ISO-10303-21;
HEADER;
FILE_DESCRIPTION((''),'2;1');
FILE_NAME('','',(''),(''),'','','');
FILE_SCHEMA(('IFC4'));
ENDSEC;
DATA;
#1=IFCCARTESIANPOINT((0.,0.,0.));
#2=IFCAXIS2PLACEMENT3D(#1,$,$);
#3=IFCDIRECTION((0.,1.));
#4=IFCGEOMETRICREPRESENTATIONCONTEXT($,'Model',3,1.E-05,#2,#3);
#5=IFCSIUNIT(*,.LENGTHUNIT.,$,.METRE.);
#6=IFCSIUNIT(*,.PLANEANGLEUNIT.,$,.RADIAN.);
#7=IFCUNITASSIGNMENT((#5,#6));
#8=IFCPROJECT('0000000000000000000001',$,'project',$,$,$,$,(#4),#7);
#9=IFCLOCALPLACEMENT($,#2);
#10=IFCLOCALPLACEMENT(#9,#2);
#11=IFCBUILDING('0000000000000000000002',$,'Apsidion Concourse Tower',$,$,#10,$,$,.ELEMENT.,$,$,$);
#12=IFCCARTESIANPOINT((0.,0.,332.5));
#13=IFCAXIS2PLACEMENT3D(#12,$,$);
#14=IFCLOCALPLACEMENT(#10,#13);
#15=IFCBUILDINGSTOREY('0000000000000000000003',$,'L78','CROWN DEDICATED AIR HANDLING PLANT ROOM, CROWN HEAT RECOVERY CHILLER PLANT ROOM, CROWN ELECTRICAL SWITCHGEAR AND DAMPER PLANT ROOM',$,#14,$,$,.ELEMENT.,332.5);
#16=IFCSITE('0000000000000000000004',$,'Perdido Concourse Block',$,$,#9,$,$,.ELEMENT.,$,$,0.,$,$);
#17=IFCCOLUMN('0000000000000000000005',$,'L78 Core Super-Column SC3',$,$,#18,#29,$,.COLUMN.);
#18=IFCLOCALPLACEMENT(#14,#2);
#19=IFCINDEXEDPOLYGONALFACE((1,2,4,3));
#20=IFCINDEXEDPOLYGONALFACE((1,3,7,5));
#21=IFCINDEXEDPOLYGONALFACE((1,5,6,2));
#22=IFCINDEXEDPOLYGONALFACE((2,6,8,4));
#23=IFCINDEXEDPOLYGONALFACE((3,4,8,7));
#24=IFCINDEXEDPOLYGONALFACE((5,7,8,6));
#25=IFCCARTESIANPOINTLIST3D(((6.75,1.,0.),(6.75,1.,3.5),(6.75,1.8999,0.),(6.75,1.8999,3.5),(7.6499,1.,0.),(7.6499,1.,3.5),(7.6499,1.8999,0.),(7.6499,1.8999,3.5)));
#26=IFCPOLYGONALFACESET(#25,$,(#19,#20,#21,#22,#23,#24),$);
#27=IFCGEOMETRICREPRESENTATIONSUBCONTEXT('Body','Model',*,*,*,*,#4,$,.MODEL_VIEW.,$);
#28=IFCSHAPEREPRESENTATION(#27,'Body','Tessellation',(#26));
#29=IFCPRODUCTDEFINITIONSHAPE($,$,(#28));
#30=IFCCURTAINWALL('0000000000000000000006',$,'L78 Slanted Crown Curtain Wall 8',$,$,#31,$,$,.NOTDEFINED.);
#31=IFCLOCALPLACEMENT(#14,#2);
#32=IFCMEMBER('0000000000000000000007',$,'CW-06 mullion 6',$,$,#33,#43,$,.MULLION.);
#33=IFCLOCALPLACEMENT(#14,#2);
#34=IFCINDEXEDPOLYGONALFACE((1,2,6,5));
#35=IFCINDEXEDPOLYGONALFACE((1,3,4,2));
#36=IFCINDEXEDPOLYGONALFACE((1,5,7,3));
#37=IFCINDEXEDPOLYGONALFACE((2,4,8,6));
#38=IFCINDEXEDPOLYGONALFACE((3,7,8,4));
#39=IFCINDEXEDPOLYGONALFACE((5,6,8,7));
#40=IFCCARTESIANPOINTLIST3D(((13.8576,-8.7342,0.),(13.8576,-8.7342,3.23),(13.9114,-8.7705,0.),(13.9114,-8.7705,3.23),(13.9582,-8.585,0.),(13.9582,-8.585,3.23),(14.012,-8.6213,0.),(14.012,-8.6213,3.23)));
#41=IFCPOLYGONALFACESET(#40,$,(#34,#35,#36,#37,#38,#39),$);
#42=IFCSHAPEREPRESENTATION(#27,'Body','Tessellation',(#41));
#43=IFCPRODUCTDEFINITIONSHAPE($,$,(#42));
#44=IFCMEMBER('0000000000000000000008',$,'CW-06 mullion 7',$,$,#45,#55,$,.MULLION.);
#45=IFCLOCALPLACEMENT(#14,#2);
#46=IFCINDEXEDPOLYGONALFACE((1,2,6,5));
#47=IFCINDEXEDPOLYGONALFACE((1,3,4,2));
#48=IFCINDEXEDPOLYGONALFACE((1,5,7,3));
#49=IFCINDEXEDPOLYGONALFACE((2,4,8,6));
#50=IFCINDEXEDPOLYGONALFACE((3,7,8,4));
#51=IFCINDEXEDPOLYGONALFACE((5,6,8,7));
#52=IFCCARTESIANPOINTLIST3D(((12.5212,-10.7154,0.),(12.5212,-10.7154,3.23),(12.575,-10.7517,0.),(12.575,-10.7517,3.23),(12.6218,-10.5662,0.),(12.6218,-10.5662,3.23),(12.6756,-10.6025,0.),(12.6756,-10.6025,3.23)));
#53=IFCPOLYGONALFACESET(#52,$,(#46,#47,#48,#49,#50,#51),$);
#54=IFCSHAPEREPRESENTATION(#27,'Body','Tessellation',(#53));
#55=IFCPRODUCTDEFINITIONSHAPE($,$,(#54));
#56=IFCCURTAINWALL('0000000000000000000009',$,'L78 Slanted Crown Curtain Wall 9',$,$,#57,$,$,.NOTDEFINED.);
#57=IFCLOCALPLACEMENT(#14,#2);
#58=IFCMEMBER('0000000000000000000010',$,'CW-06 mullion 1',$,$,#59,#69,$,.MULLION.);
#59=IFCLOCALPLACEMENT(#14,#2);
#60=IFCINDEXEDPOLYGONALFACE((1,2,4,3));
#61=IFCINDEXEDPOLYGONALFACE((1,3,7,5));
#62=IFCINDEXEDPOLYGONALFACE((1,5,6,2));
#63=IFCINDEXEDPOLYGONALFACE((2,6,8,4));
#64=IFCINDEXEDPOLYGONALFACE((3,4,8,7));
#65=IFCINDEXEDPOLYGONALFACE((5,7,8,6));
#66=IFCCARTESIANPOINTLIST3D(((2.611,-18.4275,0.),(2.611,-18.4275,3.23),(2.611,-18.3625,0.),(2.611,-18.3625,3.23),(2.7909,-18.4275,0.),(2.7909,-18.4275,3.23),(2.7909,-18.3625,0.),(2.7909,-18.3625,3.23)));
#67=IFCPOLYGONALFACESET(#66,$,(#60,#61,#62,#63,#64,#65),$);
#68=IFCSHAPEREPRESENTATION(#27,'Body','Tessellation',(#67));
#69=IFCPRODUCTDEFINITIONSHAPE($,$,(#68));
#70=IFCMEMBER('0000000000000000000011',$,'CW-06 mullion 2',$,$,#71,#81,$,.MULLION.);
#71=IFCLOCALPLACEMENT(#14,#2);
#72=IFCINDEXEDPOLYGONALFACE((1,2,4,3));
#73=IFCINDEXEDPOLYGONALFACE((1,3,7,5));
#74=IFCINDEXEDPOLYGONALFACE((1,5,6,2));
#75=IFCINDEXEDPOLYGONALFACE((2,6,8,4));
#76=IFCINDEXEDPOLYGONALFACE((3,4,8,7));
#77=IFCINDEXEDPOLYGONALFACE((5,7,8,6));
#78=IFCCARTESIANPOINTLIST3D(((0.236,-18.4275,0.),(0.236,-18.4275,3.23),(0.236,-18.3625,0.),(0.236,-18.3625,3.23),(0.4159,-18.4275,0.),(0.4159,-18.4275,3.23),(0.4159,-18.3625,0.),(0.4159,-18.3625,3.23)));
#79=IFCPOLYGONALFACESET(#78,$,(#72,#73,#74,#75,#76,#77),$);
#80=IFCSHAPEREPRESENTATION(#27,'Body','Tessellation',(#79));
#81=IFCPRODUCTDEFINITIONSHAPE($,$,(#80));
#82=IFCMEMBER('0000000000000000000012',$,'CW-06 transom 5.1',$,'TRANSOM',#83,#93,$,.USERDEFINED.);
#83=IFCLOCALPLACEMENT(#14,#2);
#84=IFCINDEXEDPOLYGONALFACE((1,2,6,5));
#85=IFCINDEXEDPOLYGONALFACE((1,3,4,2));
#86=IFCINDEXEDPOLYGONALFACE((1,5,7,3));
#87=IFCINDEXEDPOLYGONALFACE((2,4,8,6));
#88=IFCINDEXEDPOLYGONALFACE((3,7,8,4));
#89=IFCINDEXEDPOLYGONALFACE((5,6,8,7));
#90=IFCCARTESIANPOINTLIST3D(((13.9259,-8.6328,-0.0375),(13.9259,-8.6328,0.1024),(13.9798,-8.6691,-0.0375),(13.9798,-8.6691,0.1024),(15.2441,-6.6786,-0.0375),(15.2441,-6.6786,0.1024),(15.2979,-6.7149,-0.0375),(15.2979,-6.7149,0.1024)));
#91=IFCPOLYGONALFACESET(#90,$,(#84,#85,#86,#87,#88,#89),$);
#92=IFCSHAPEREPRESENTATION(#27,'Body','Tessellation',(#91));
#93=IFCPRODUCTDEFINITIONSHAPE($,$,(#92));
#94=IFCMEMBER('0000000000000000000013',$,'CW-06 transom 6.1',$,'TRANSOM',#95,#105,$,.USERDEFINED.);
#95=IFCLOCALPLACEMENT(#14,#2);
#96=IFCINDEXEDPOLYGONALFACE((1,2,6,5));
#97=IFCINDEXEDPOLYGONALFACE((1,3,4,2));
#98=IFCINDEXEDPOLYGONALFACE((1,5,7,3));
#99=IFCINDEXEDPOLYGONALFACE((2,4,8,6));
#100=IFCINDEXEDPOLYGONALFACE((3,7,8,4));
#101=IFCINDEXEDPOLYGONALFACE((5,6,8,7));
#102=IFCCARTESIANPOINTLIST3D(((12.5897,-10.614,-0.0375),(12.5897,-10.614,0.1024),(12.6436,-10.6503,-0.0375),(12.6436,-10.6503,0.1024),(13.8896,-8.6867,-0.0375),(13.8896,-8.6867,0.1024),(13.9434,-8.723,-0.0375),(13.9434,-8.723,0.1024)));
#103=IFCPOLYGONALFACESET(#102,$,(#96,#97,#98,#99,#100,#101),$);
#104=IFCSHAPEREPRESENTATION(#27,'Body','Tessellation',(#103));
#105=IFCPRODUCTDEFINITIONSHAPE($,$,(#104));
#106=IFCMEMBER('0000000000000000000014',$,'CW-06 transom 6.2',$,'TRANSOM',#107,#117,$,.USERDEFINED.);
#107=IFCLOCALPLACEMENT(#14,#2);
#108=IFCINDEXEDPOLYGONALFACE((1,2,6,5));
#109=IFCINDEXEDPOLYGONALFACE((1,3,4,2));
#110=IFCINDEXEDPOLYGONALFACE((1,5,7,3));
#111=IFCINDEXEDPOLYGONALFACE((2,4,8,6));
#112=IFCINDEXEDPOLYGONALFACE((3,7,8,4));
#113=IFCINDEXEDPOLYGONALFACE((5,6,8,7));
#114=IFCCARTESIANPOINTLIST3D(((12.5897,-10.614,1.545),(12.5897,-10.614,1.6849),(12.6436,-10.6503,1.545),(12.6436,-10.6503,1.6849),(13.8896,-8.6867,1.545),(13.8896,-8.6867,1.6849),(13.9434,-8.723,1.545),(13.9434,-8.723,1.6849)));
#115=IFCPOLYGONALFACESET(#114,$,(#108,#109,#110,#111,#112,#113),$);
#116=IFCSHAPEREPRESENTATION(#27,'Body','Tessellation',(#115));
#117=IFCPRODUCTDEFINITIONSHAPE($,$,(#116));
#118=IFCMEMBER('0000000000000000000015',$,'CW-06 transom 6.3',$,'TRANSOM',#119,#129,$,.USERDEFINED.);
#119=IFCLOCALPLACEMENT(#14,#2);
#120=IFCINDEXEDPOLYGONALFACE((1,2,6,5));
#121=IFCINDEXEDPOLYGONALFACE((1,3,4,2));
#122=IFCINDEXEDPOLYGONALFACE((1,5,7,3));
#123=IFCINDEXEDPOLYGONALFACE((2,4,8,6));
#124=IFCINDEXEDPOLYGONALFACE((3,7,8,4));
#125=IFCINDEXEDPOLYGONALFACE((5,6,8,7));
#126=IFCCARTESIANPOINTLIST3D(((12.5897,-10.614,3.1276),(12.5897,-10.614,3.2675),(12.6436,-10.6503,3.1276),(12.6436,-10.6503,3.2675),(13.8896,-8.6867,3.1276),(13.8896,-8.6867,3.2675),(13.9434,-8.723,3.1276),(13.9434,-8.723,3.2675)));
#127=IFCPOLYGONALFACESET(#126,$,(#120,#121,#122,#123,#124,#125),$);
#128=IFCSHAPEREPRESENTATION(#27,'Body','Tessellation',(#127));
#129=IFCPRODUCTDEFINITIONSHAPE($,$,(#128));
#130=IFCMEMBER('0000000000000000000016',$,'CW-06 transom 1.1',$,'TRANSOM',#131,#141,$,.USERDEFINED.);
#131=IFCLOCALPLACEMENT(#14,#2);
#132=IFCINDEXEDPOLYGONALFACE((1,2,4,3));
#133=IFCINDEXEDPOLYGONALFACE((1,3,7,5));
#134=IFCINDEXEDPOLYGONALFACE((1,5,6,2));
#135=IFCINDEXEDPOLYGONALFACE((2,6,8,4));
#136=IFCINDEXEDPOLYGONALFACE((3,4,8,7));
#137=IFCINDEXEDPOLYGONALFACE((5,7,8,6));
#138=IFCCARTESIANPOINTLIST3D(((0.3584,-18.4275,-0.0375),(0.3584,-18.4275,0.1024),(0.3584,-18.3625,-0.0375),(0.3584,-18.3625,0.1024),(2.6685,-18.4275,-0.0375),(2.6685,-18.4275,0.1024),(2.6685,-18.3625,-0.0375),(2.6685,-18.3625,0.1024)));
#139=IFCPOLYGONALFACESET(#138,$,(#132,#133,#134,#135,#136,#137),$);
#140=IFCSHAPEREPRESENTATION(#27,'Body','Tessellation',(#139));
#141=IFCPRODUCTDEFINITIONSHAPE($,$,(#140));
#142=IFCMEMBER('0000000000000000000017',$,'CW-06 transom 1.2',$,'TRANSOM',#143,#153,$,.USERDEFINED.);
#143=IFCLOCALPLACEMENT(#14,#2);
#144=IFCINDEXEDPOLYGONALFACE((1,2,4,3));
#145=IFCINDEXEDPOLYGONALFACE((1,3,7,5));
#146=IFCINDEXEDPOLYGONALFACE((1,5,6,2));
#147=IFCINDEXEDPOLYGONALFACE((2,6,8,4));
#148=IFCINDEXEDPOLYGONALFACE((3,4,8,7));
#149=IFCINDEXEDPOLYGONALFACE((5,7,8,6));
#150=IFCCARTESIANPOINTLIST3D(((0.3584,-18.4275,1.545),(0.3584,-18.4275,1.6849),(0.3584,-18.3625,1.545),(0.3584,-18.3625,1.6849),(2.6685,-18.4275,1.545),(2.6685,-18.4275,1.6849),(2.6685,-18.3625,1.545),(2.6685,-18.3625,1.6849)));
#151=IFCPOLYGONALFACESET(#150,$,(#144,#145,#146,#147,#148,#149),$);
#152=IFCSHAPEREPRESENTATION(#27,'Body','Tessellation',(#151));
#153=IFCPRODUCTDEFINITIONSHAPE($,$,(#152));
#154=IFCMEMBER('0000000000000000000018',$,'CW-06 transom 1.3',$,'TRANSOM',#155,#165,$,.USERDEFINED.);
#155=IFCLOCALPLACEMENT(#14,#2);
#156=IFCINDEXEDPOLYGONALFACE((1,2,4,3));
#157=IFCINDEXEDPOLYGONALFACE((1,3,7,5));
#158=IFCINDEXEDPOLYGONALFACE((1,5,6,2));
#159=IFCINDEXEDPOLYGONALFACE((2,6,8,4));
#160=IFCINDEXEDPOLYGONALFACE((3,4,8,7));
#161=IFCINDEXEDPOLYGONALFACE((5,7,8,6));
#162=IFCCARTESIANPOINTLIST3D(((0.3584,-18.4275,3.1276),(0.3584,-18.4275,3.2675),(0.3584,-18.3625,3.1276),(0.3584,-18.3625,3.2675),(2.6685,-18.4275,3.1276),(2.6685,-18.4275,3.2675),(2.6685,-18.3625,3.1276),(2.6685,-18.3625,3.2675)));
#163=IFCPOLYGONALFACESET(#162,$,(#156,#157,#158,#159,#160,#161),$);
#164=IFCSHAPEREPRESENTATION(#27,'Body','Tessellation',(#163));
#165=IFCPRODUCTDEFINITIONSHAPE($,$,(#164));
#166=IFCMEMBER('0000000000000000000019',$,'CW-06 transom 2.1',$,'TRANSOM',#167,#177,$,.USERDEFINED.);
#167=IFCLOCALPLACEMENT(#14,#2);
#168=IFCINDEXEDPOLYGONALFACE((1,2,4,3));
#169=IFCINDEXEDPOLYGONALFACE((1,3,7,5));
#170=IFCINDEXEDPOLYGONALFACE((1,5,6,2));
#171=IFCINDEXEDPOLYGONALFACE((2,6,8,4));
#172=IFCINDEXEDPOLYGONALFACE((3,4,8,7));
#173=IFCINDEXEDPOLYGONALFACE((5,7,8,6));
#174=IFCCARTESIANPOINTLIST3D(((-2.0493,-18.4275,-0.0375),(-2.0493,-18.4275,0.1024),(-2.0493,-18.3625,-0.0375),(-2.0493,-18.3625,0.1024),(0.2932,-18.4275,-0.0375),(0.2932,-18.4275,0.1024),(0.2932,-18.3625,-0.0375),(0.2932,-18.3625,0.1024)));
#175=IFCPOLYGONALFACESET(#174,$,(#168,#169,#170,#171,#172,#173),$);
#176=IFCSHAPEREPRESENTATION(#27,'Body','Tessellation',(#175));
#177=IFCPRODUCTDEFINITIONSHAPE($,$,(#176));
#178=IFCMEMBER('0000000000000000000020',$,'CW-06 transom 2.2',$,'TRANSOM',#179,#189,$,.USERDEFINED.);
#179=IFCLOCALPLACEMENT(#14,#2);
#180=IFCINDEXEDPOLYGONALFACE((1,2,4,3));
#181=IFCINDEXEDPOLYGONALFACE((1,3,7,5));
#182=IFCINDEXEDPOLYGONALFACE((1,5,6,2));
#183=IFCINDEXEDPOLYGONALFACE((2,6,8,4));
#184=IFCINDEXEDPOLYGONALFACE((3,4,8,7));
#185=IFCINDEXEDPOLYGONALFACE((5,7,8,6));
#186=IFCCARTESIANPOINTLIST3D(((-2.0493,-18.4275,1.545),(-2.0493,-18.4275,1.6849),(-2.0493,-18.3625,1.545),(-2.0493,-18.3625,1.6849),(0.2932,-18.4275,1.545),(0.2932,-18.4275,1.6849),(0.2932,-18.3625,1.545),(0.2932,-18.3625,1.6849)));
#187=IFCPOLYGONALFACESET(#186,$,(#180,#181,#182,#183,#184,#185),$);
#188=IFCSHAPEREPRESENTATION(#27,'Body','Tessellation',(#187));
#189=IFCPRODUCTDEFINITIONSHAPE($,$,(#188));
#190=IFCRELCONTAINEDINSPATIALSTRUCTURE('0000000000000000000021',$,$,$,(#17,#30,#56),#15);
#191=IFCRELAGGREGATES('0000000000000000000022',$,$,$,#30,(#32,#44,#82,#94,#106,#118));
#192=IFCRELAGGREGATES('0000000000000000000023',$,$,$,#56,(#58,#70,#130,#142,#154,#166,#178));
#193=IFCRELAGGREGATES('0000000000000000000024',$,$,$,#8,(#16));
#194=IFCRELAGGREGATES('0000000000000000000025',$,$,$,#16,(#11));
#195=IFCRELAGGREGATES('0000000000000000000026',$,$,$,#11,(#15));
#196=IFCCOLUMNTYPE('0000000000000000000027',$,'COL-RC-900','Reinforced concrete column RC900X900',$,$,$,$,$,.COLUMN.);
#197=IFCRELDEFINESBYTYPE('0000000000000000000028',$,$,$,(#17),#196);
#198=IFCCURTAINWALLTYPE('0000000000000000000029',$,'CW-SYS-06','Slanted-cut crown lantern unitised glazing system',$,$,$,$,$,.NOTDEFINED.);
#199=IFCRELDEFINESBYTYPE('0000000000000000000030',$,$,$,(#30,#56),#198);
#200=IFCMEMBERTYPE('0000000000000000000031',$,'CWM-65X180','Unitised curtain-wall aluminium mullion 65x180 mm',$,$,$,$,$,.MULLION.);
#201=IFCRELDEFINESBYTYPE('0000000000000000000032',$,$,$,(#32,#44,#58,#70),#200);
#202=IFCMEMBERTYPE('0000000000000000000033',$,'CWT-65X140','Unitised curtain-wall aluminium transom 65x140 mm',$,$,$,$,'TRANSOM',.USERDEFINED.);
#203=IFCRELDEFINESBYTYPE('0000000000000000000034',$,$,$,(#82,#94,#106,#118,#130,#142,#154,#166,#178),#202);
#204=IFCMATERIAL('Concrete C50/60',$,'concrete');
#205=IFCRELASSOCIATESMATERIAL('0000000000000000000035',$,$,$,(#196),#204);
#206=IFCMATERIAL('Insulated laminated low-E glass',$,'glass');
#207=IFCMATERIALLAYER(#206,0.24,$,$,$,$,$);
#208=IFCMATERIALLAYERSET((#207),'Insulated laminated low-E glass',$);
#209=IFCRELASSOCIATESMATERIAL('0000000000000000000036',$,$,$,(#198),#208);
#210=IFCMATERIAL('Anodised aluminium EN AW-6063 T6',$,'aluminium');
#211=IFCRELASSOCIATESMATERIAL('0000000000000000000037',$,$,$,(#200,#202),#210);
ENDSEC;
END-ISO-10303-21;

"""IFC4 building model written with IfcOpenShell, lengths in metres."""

from ifc_helpers import new_model, si_unit, direction, frame, origin, origin_2d, place, context, subcontext, project, spatial, rectangle, extrude, material, layer, layer_set, material_profile, profile_set, type_object, element, aggregate, save


model = new_model("IFC4")

# Units and contexts
model_context = context("Model", 3, precision=1e-05, world=origin(), true_north=direction((0.0, 1.0)))
body_context = subcontext(model_context, "Body", "Model", "MODEL_VIEW")
ifc_project = project(units=[si_unit("LENGTHUNIT", "METRE"), si_unit("PLANEANGLEUNIT", "RADIAN")], contexts=[model_context])

# Site, building, storey
site_placement = place(None, origin())
site = spatial("IfcSite", under=ifc_project, at=site_placement, Name="Perdido Concourse Block", CompositionType="ELEMENT", RefElevation=0.0)
building_placement = place(site_placement, origin())
building = spatial("IfcBuilding", under=site, at=building_placement, Name="Apsidion Concourse Tower", CompositionType="ELEMENT")
storey_placement = place(building_placement, frame((0.0, 0.0, 332.5)))
storey = spatial("IfcBuildingStorey", under=building, at=storey_placement, Name="L78", Description="CROWN DEDICATED AIR HANDLING PLANT ROOM, CROWN HEAT RECOVERY CHILLER PLANT ROOM, CROWN ELECTRICAL SWITCHGEAR AND DAMPER PLANT ROOM", CompositionType="ELEMENT", Elevation=332.5)

# Column
ifc_material_1 = material(Name="Concrete C50/60", Category="concrete")
ifc_material_profile_1 = material_profile(ifc_material_1, rectangle(XDim=0.8999, YDim=0.8999, at=origin_2d()), Name="RC 900x900")
ifc_profile_set_1 = profile_set([ifc_material_profile_1], Name="Concrete C50/60")
column_type = type_object("IfcColumnType", Name="COL-RC-900", Description="Reinforced concrete column RC900X900", PredefinedType="COLUMN", material=ifc_profile_set_1)
column_placement = place(storey_placement, frame((7.2, 1.45, 0.0), z_axis=(0.0, 0.0, 1.0), x_axis=(1.0, 0.0, 0.0)))
element("IfcColumn", 1, at=column_placement, inside=storey, type_object=column_type, Name="L78 Core Super-Column SC3", PredefinedType="COLUMN", context=body_context, shape_type="SweptSolid", body=[
    extrude(rectangle(XDim=0.8999, YDim=0.8999, at=origin_2d()), origin(), (0.0, 0.0, 1.0), 3.5),
])

# Curtain walls, members
ifc_material_2 = material(Name="Insulated laminated low-E glass", Category="glass")
ifc_layer_1 = layer(ifc_material_2, 0.24)
ifc_layer_set_1 = layer_set([ifc_layer_1], Name="Insulated laminated low-E glass")
curtain_wall_type = type_object("IfcCurtainWallType", Name="CW-SYS-06", Description="Slanted-cut crown lantern unitised glazing system", PredefinedType="NOTDEFINED", material=ifc_layer_set_1)
curtain_wall_1_placement = place(storey_placement, origin())
curtain_wall_1 = element("IfcCurtainWall", 2, at=curtain_wall_1_placement, inside=storey, type_object=curtain_wall_type, Name="L78 Slanted Crown Curtain Wall 8", PredefinedType="NOTDEFINED")
ifc_material_3 = material(Name="Anodised aluminium EN AW-6063 T6", Category="aluminium")
ifc_material_profile_2 = material_profile(ifc_material_3, rectangle(XDim=0.0649, YDim=0.1799, at=origin_2d()), Name="ALU MULLION 65x180")
ifc_profile_set_2 = profile_set([ifc_material_profile_2], Name="Anodised aluminium EN AW-6063 T6")
member_type_1 = type_object("IfcMemberType", Name="CWM-65X180", Description="Unitised curtain-wall aluminium mullion 65x180 mm", PredefinedType="MULLION", material=ifc_profile_set_2)
member_1_placement = place(storey_placement, frame((13.9348, -8.6777, 0.0), z_axis=(0.0, 0.0, 1.0), x_axis=(0.829038, -0.559192, 0.0)))
member_1 = element("IfcMember", 3, at=member_1_placement, type_object=member_type_1, Name="CW-06 mullion 6", PredefinedType="MULLION", context=body_context, shape_type="SweptSolid", body=[
    extrude(rectangle(XDim=0.0649, YDim=0.1799, at=origin_2d()), origin(), (0.0, 0.0, 1.0), 3.23),
])
member_2_placement = place(storey_placement, frame((12.5984, -10.6589, 0.0), z_axis=(0.0, 0.0, 1.0), x_axis=(0.829038, -0.559192, 0.0)))
member_2 = element("IfcMember", 4, at=member_2_placement, type_object=member_type_1, Name="CW-06 mullion 7", PredefinedType="MULLION", context=body_context, shape_type="SweptSolid", body=[
    extrude(rectangle(XDim=0.0649, YDim=0.1799, at=origin_2d()), origin(), (0.0, 0.0, 1.0), 3.23),
])
curtain_wall_2_placement = place(storey_placement, origin())
curtain_wall_2 = element("IfcCurtainWall", 5, at=curtain_wall_2_placement, inside=storey, type_object=curtain_wall_type, Name="L78 Slanted Crown Curtain Wall 9", PredefinedType="NOTDEFINED")
member_3_placement = place(storey_placement, frame((2.7009, -18.395, 0.0), z_axis=(0.0, 0.0, 1.0), x_axis=(0.0, -1.0, 0.0)))
member_3 = element("IfcMember", 6, at=member_3_placement, type_object=member_type_1, Name="CW-06 mullion 1", PredefinedType="MULLION", context=body_context, shape_type="SweptSolid", body=[
    extrude(rectangle(XDim=0.0649, YDim=0.1799, at=origin_2d()), origin(), (0.0, 0.0, 1.0), 3.23),
])
member_4_placement = place(storey_placement, frame((0.3259, -18.395, 0.0), z_axis=(0.0, 0.0, 1.0), x_axis=(0.0, -1.0, 0.0)))
member_4 = element("IfcMember", 7, at=member_4_placement, type_object=member_type_1, Name="CW-06 mullion 2", PredefinedType="MULLION", context=body_context, shape_type="SweptSolid", body=[
    extrude(rectangle(XDim=0.0649, YDim=0.1799, at=origin_2d()), origin(), (0.0, 0.0, 1.0), 3.23),
])

# Members
ifc_material_profile_3 = material_profile(ifc_material_3, rectangle(XDim=0.0649, YDim=0.1399, at=origin_2d()), Name="ALU TRANSOM 65x140")
ifc_profile_set_3 = profile_set([ifc_material_profile_3], Name="Anodised aluminium EN AW-6063 T6")
member_type_2 = type_object("IfcMemberType", Name="CWT-65X140", Description="Unitised curtain-wall aluminium transom 65x140 mm", ElementType="TRANSOM", PredefinedType="USERDEFINED", material=ifc_profile_set_3)
member_5_placement = place(storey_placement, frame((15.271, -6.6968, 0.0325), z_axis=(-0.55921, -0.829026, 0.0), x_axis=(0.829026, -0.55921, 0.0)))
member_5 = element("IfcMember", 8, at=member_5_placement, type_object=member_type_2, Name="CW-06 transom 5.1", ObjectType="TRANSOM", PredefinedType="USERDEFINED", context=body_context, shape_type="SweptSolid", body=[
    extrude(rectangle(XDim=0.0649, YDim=0.1399, at=origin_2d()), origin(), (0.0, 0.0, 1.0), 2.3572),
])
member_6_placement = place(storey_placement, frame((13.9165, -8.7048, 0.0325), z_axis=(-0.559152, -0.829065, 0.0), x_axis=(0.829065, -0.559152, 0.0)))
member_6 = element("IfcMember", 9, at=member_6_placement, type_object=member_type_2, Name="CW-06 transom 6.1", ObjectType="TRANSOM", PredefinedType="USERDEFINED", context=body_context, shape_type="SweptSolid", body=[
    extrude(rectangle(XDim=0.0649, YDim=0.1399, at=origin_2d()), origin(), (0.0, 0.0, 1.0), 2.3247),
])
member_7_placement = place(storey_placement, frame((13.9165, -8.7048, 1.615), z_axis=(-0.559152, -0.829065, 0.0), x_axis=(0.829065, -0.559152, 0.0)))
member_7 = element("IfcMember", 10, at=member_7_placement, type_object=member_type_2, Name="CW-06 transom 6.2", ObjectType="TRANSOM", PredefinedType="USERDEFINED", context=body_context, shape_type="SweptSolid", body=[
    extrude(rectangle(XDim=0.0649, YDim=0.1399, at=origin_2d()), origin(), (0.0, 0.0, 1.0), 2.3247),
])
member_8_placement = place(storey_placement, frame((13.9165, -8.7048, 3.1975), z_axis=(-0.559152, -0.829065, 0.0), x_axis=(0.829065, -0.559152, 0.0)))
member_8 = element("IfcMember", 11, at=member_8_placement, type_object=member_type_2, Name="CW-06 transom 6.3", ObjectType="TRANSOM", PredefinedType="USERDEFINED", context=body_context, shape_type="SweptSolid", body=[
    extrude(rectangle(XDim=0.0649, YDim=0.1399, at=origin_2d()), origin(), (0.0, 0.0, 1.0), 2.3247),
])
member_9_placement = place(storey_placement, frame((2.6685, -18.395, 0.0325), z_axis=(-1.0, 0.0, 0.0), x_axis=(0.0, -1.0, 0.0)))
member_9 = element("IfcMember", 12, at=member_9_placement, type_object=member_type_2, Name="CW-06 transom 1.1", ObjectType="TRANSOM", PredefinedType="USERDEFINED", context=body_context, shape_type="SweptSolid", body=[
    extrude(rectangle(XDim=0.0649, YDim=0.1399, at=origin_2d()), origin(), (0.0, 0.0, 1.0), 2.3101),
])
member_10_placement = place(storey_placement, frame((2.6685, -18.395, 1.615), z_axis=(-1.0, 0.0, 0.0), x_axis=(0.0, -1.0, 0.0)))
member_10 = element("IfcMember", 13, at=member_10_placement, type_object=member_type_2, Name="CW-06 transom 1.2", ObjectType="TRANSOM", PredefinedType="USERDEFINED", context=body_context, shape_type="SweptSolid", body=[
    extrude(rectangle(XDim=0.0649, YDim=0.1399, at=origin_2d()), origin(), (0.0, 0.0, 1.0), 2.3101),
])
member_11_placement = place(storey_placement, frame((2.6685, -18.395, 3.1975), z_axis=(-1.0, 0.0, 0.0), x_axis=(0.0, -1.0, 0.0)))
member_11 = element("IfcMember", 14, at=member_11_placement, type_object=member_type_2, Name="CW-06 transom 1.3", ObjectType="TRANSOM", PredefinedType="USERDEFINED", context=body_context, shape_type="SweptSolid", body=[
    extrude(rectangle(XDim=0.0649, YDim=0.1399, at=origin_2d()), origin(), (0.0, 0.0, 1.0), 2.3101),
])
member_12_placement = place(storey_placement, frame((0.2932, -18.395, 0.0325), z_axis=(-1.0, 0.0, 0.0), x_axis=(0.0, -1.0, 0.0)))
member_12 = element("IfcMember", 15, at=member_12_placement, type_object=member_type_2, Name="CW-06 transom 2.1", ObjectType="TRANSOM", PredefinedType="USERDEFINED", context=body_context, shape_type="SweptSolid", body=[
    extrude(rectangle(XDim=0.0649, YDim=0.1399, at=origin_2d()), origin(), (0.0, 0.0, 1.0), 2.3425),
])
member_13_placement = place(storey_placement, frame((0.2932, -18.395, 1.615), z_axis=(-1.0, 0.0, 0.0), x_axis=(0.0, -1.0, 0.0)))
member_13 = element("IfcMember", 16, at=member_13_placement, type_object=member_type_2, Name="CW-06 transom 2.2", ObjectType="TRANSOM", PredefinedType="USERDEFINED", context=body_context, shape_type="SweptSolid", body=[
    extrude(rectangle(XDim=0.0649, YDim=0.1399, at=origin_2d()), origin(), (0.0, 0.0, 1.0), 2.3425),
])

aggregate(curtain_wall_1, [member_1, member_2, member_5, member_6, member_7, member_8])
aggregate(curtain_wall_2, [member_3, member_4, member_9, member_10, member_11, member_12, member_13])

save(model, "model.ifc")
